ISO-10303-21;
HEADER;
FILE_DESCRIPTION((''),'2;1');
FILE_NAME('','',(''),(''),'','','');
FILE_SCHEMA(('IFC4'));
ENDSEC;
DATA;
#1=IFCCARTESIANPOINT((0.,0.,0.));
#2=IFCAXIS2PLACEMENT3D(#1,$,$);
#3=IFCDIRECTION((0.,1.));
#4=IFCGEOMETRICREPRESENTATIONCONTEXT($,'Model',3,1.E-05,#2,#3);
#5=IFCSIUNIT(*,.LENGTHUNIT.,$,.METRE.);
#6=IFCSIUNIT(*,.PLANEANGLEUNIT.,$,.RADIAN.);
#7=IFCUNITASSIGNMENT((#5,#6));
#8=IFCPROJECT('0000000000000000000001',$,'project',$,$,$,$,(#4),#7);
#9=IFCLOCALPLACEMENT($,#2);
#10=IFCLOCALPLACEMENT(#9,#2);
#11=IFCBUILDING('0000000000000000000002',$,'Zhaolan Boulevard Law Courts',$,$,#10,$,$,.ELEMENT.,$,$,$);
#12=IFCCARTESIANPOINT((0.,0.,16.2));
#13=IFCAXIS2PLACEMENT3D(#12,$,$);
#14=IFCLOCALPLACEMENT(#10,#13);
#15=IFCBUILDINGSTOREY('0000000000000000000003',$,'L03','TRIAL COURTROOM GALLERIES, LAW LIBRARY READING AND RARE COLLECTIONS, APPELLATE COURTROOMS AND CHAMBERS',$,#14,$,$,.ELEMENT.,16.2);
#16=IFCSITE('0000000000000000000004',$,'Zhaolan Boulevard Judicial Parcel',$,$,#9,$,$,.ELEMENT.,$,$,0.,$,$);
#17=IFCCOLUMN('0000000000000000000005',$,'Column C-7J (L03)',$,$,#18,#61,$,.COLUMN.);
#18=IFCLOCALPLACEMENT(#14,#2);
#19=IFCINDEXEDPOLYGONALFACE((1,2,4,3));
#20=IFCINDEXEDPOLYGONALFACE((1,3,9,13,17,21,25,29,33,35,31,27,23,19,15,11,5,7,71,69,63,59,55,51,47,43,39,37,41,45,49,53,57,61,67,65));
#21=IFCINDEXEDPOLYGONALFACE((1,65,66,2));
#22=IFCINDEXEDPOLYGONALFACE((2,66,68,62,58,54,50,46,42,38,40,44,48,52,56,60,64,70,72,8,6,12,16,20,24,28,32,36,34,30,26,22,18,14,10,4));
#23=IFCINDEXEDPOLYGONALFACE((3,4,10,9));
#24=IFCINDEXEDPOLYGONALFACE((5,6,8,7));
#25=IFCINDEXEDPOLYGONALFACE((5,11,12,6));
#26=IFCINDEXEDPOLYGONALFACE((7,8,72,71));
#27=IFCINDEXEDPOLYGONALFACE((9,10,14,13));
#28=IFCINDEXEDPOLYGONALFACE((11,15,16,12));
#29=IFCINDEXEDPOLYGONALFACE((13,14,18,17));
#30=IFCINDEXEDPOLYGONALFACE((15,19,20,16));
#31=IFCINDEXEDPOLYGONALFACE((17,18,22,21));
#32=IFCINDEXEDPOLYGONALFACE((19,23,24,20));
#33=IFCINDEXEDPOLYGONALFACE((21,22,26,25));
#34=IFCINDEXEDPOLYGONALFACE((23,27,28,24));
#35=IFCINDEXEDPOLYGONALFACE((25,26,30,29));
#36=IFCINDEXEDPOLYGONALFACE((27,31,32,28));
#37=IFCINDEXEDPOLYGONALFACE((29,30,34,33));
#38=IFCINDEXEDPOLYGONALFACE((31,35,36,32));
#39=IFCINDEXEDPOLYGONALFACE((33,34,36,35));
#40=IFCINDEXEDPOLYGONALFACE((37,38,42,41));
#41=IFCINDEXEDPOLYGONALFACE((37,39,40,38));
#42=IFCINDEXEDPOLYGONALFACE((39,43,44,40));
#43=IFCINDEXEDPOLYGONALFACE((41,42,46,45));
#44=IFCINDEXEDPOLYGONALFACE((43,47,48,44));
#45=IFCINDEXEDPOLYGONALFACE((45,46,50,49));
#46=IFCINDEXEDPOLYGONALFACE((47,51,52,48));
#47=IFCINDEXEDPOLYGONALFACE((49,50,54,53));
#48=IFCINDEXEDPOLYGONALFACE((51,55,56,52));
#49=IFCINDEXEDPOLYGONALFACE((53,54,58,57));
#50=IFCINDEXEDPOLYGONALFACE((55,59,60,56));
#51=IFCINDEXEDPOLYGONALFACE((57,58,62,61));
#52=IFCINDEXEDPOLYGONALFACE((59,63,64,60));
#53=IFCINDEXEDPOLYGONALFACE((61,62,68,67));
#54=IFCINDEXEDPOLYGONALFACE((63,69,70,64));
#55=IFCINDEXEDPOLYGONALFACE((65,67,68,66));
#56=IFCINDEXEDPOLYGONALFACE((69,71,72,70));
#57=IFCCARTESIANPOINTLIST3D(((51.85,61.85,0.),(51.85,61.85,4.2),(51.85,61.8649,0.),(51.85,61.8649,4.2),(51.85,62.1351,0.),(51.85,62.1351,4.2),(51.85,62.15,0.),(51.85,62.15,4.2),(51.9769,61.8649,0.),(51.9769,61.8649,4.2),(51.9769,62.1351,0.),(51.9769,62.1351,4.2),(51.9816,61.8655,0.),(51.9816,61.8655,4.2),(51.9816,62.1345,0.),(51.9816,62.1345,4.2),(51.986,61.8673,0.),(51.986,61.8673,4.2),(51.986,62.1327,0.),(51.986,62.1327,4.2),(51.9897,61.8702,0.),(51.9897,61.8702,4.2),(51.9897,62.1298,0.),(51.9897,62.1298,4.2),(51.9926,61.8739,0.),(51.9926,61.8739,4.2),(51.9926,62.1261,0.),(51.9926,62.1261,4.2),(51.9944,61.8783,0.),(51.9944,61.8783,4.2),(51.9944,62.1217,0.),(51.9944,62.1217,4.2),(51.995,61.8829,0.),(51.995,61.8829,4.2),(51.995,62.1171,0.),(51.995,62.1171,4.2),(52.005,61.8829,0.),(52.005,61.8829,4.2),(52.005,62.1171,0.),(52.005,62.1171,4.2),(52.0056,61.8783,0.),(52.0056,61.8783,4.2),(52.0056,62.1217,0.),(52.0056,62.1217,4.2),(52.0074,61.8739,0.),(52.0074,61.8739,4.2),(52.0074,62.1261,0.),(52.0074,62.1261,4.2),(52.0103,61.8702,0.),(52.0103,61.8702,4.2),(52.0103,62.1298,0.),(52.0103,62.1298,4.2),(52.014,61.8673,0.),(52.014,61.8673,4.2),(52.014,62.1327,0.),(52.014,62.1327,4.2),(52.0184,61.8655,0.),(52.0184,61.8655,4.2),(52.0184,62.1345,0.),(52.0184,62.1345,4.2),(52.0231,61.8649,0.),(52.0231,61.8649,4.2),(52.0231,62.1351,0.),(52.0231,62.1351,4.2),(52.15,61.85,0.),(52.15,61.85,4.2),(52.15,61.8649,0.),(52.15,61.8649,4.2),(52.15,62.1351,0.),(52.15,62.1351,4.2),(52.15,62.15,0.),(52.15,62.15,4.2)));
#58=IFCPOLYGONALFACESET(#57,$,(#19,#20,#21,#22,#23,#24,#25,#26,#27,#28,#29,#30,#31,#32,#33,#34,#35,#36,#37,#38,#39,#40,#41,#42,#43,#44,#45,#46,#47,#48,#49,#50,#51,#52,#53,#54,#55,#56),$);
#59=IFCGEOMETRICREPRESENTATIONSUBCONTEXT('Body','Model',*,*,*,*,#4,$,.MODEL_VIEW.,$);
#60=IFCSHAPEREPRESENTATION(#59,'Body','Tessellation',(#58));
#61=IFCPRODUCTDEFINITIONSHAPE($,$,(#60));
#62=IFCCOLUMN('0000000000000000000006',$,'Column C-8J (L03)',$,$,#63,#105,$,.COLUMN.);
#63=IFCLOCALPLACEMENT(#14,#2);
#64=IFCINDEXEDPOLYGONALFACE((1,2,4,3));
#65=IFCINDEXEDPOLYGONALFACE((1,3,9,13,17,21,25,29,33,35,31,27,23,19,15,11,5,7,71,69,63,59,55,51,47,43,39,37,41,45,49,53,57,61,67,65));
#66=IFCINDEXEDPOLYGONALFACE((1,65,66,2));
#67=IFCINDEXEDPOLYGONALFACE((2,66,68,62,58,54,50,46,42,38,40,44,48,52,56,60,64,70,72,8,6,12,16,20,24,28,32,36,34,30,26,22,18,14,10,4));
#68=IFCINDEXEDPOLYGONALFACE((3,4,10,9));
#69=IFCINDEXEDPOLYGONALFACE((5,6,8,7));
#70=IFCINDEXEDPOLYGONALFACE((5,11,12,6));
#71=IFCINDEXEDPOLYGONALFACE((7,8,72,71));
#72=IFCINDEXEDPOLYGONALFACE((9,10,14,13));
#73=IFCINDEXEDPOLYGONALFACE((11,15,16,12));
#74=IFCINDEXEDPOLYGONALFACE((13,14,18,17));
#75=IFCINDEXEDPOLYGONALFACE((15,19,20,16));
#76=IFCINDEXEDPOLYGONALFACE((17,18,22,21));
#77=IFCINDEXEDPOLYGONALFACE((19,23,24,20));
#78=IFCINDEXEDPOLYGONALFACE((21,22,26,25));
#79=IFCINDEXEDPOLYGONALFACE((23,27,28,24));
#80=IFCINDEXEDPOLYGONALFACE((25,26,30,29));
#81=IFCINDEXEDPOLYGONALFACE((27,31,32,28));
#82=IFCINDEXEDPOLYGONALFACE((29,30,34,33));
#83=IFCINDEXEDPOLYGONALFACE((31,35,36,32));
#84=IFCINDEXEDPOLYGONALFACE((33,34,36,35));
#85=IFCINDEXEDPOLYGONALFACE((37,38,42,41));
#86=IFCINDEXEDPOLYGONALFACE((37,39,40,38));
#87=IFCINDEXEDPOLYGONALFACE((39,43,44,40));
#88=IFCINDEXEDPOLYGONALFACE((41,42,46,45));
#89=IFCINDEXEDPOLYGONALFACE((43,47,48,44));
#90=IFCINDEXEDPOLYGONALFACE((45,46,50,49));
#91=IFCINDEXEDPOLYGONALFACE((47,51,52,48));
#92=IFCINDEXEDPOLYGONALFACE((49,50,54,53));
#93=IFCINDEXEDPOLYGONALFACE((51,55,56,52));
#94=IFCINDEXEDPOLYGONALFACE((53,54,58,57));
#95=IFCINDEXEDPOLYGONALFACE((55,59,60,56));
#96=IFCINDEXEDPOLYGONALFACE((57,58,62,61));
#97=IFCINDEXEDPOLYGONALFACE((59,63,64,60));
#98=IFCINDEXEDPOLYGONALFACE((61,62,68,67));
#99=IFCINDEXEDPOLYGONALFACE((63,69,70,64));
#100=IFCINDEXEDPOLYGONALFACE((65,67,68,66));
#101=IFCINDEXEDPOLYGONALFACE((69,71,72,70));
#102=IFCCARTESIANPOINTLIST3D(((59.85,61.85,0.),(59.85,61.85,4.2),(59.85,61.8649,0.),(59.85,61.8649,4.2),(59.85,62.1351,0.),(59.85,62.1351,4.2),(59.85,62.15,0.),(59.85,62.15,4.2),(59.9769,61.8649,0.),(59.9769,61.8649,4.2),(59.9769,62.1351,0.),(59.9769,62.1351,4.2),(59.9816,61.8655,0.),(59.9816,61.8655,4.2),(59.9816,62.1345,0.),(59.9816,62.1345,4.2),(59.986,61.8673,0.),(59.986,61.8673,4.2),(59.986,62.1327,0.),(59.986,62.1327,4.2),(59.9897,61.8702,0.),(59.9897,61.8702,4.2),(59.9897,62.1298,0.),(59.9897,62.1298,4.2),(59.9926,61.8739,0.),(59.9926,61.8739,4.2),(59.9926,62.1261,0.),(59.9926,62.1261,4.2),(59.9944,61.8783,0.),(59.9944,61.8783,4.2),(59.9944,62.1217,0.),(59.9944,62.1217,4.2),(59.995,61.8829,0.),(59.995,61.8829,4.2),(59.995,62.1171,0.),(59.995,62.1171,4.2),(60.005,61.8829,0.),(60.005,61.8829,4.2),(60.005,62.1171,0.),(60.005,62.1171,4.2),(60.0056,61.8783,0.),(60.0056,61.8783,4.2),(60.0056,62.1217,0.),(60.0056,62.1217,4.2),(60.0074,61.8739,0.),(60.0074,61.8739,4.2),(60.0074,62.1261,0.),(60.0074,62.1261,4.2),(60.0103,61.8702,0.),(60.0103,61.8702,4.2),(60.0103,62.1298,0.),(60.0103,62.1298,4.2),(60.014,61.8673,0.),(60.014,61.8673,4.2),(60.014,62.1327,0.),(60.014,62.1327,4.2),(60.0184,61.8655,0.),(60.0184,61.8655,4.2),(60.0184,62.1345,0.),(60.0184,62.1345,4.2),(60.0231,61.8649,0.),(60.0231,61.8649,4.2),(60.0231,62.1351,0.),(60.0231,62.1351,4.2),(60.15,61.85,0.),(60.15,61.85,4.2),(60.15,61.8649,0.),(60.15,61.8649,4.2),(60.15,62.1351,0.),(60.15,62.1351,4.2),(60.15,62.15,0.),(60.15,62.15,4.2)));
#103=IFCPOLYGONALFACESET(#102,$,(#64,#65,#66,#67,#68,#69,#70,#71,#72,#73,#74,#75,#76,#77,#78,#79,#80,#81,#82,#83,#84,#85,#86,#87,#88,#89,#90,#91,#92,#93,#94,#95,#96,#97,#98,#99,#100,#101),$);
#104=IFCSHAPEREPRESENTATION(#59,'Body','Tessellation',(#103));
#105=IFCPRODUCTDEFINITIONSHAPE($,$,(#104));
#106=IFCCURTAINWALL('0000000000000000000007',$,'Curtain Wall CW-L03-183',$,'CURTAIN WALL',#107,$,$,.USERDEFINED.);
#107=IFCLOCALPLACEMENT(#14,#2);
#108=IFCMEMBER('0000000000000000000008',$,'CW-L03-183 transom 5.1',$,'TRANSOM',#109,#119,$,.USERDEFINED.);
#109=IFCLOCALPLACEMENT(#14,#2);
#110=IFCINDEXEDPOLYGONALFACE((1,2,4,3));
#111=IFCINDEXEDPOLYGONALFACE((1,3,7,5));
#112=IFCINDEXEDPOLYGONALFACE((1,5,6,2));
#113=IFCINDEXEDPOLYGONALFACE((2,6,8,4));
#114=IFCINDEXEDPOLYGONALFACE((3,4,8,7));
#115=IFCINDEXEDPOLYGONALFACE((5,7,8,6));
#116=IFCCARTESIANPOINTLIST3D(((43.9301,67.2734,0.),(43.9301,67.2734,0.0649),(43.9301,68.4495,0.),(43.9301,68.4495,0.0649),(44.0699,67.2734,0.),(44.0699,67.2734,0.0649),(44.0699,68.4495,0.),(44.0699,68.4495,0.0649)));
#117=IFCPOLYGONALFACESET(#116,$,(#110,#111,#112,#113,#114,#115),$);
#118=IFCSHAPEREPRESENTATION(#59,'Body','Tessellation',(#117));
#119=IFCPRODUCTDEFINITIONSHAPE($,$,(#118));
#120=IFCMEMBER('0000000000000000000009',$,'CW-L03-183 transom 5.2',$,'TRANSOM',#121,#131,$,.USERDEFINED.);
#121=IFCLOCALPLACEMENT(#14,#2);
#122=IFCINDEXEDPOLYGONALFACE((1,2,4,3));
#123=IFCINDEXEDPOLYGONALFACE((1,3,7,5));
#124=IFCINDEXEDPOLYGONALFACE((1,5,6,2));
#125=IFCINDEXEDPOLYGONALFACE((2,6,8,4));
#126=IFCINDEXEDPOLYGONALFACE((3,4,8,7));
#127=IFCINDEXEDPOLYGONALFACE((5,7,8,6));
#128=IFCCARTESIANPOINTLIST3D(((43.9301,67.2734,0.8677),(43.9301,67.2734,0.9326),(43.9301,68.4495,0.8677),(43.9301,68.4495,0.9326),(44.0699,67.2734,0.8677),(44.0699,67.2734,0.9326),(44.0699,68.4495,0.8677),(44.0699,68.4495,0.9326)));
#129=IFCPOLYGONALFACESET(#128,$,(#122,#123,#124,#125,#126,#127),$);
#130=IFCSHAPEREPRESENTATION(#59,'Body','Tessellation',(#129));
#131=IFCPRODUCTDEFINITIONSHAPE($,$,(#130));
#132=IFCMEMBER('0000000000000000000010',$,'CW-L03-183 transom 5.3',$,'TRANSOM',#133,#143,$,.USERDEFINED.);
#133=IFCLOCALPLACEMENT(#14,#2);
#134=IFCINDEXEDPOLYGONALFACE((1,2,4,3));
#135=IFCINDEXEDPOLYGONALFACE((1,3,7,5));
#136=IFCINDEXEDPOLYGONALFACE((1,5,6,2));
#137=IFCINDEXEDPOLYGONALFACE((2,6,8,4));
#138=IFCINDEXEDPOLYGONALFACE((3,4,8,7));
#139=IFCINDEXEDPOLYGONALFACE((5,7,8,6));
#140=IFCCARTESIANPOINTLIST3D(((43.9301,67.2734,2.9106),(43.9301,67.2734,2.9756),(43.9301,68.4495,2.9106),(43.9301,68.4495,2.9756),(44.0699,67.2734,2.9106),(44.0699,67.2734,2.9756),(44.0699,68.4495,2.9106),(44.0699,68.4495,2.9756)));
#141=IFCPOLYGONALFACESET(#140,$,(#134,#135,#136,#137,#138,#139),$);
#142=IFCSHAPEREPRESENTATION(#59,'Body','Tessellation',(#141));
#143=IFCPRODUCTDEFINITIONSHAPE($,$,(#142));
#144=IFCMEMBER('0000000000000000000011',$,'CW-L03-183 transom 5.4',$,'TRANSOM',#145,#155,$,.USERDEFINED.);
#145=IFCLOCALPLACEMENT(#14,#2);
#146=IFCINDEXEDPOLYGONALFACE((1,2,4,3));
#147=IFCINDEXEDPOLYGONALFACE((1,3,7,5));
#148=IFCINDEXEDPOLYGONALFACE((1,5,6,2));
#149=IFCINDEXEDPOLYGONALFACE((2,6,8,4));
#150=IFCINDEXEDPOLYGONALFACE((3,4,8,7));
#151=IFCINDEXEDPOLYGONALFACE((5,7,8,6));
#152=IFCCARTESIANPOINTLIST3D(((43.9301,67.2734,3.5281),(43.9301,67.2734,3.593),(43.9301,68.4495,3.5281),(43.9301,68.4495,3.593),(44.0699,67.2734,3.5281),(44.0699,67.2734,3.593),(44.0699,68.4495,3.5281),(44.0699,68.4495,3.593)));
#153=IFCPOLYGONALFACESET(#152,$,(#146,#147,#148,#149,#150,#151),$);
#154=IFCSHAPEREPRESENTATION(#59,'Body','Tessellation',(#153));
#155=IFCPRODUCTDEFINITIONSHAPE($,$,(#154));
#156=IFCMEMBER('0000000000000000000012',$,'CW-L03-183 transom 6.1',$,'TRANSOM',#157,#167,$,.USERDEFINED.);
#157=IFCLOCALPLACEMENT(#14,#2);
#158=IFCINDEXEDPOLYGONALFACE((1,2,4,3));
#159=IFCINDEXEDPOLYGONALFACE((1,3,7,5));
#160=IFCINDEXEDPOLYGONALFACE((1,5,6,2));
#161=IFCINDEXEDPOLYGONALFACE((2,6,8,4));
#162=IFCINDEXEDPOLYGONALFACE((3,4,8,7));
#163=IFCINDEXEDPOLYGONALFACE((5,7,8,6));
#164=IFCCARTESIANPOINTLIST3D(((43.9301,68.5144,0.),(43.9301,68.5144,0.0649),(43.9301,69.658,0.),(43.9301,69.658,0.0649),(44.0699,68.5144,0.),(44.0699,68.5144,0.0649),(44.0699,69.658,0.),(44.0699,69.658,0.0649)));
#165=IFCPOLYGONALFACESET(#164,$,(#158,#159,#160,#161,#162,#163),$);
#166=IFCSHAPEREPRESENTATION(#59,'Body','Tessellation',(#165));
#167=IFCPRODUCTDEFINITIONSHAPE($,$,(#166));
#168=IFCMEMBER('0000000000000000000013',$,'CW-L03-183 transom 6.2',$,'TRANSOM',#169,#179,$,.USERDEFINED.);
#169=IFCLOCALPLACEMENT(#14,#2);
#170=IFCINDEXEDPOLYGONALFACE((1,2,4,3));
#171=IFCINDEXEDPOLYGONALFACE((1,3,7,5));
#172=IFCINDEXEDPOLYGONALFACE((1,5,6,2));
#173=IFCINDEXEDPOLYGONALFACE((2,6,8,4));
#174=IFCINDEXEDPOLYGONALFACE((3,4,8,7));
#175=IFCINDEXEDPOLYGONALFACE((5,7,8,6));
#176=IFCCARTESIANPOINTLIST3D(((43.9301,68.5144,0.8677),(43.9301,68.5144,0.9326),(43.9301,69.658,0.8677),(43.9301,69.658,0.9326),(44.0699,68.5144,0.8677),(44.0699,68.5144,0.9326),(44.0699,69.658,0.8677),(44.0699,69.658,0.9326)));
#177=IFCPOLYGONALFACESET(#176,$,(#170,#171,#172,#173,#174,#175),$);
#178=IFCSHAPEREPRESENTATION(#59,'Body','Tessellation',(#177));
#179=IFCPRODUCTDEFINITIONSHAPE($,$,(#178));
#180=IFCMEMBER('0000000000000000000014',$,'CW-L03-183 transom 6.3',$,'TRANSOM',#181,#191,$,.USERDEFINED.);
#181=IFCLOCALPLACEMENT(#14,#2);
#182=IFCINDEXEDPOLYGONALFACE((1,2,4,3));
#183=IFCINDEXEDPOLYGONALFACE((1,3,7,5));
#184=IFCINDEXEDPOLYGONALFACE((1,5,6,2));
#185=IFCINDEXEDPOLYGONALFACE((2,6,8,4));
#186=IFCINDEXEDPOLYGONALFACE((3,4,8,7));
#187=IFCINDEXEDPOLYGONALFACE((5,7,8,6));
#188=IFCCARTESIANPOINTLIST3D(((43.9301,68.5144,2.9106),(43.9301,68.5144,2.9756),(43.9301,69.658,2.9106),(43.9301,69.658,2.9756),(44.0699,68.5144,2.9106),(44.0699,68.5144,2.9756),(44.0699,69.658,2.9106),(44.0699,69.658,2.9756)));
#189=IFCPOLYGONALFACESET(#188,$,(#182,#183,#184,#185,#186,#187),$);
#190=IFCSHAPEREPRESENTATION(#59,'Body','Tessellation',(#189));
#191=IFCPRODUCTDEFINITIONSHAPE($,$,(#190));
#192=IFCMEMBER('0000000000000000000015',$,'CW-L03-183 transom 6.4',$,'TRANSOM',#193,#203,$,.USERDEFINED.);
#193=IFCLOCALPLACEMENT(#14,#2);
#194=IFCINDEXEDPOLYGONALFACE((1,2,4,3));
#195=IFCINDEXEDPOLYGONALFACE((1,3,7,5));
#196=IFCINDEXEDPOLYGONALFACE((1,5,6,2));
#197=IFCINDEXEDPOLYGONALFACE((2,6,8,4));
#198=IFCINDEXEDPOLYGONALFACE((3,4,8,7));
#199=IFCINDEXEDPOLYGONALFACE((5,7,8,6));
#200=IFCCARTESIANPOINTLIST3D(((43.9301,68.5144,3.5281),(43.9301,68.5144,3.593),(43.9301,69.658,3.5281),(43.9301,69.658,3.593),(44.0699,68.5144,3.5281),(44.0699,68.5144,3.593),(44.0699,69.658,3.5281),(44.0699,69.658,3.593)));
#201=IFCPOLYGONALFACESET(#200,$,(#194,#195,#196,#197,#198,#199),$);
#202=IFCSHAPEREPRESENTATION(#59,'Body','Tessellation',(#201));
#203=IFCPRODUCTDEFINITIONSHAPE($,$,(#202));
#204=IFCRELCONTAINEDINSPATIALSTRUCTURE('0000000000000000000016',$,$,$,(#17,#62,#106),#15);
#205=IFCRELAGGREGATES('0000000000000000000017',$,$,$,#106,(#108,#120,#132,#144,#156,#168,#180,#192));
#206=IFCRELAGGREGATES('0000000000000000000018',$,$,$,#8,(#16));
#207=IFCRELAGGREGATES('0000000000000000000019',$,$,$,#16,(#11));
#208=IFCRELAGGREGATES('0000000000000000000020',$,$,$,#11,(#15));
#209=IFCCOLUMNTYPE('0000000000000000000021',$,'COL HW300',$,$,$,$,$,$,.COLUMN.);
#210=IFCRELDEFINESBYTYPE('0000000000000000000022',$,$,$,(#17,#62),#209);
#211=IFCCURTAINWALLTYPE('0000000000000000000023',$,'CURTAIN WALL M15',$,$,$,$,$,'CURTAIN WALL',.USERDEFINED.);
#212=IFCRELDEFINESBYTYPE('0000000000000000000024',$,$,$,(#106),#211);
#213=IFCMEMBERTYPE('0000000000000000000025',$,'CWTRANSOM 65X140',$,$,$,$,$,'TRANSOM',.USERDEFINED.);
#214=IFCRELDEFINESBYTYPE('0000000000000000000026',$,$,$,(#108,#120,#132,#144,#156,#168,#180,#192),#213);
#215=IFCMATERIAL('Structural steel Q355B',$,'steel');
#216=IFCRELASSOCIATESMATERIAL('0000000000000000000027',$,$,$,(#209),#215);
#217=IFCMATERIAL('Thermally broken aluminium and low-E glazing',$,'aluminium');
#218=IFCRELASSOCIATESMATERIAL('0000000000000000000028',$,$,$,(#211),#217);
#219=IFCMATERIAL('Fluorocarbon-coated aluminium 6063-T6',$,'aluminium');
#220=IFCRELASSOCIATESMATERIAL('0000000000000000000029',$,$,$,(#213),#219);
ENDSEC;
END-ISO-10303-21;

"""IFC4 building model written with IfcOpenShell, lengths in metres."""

from ifc_helpers import new_model, si_unit, direction, frame, origin, origin_2d, place, context, subcontext, project, spatial, rectangle, i_section, extrude, material, material_profile, profile_set, type_object, element, aggregate, save


model = new_model("IFC4")

# Units and contexts
model_context = context("Model", 3, precision=1e-05, world=origin(), true_north=direction((0.0, 1.0)))
body_context = subcontext(model_context, "Body", "Model", "MODEL_VIEW")
ifc_project = project(units=[si_unit("LENGTHUNIT", "METRE"), si_unit("PLANEANGLEUNIT", "RADIAN")], contexts=[model_context])

# Site, building, storey
site_placement = place(None, origin())
site = spatial("IfcSite", under=ifc_project, at=site_placement, Name="Zhaolan Boulevard Judicial Parcel", CompositionType="ELEMENT", RefElevation=0.0)
building_placement = place(site_placement, origin())
building = spatial("IfcBuilding", under=site, at=building_placement, Name="Zhaolan Boulevard Law Courts", CompositionType="ELEMENT")
storey_placement = place(building_placement, frame((0.0, 0.0, 16.2)))
storey = spatial("IfcBuildingStorey", under=building, at=storey_placement, Name="L03", Description="TRIAL COURTROOM GALLERIES, LAW LIBRARY READING AND RARE COLLECTIONS, APPELLATE COURTROOMS AND CHAMBERS", CompositionType="ELEMENT", Elevation=16.2)

# Columns
ifc_material_1 = material(Name="Structural steel Q355B", Category="steel")
ifc_material_profile_1 = material_profile(ifc_material_1, i_section(OverallWidth=0.3, OverallDepth=0.3, WebThickness=0.01, FlangeThickness=0.0149, FilletRadius=0.0181, at=origin_2d()), Name="HW300x300")
ifc_profile_set_1 = profile_set([ifc_material_profile_1], Name="Structural steel Q355B")
column_type = type_object("IfcColumnType", Name="COL HW300", PredefinedType="COLUMN", material=ifc_profile_set_1)
for number, where, z_axis, x_axis, name in (
    (1, (52.0, 62.0, 0.0), (0.0, 0.0, 1.0), (1.0, 0.0, 0.0), "Column C-7J (L03)"),
    (2, (60.0, 62.0, 0.0), (0.0, 0.0, 1.0), (1.0, 0.0, 0.0), "Column C-8J (L03)"),
):
    element("IfcColumn", number, at=place(storey_placement, frame(where, z_axis=z_axis, x_axis=x_axis)), inside=storey, type_object=column_type, Name=name, PredefinedType="COLUMN", context=body_context, shape_type="SweptSolid", body=[
        extrude(i_section(OverallWidth=0.3, OverallDepth=0.3, WebThickness=0.01, FlangeThickness=0.0149, FilletRadius=0.0181, at=origin_2d()), origin(), (0.0, 0.0, 1.0), 4.2),
    ])

# Curtain wall, members
ifc_material_2 = material(Name="Thermally broken aluminium and low-E glazing", Category="aluminium")
curtain_wall_type = type_object("IfcCurtainWallType", Name="CURTAIN WALL M15", ElementType="CURTAIN WALL", PredefinedType="USERDEFINED", material=ifc_material_2)
curtain_wall_placement = place(storey_placement, origin())
curtain_wall = element("IfcCurtainWall", 3, at=curtain_wall_placement, inside=storey, type_object=curtain_wall_type, Name="Curtain Wall CW-L03-183", ObjectType="CURTAIN WALL", PredefinedType="USERDEFINED")
ifc_material_3 = material(Name="Fluorocarbon-coated aluminium 6063-T6", Category="aluminium")
ifc_material_profile_2 = material_profile(ifc_material_3, rectangle(XDim=0.1399, YDim=0.0649, at=origin_2d()), Name="AL65x140")
ifc_profile_set_2 = profile_set([ifc_material_profile_2], Name="Fluorocarbon-coated aluminium 6063-T6")
member_type = type_object("IfcMemberType", Name="CWTRANSOM 65X140", ElementType="TRANSOM", PredefinedType="USERDEFINED", material=ifc_profile_set_2)
member_1_placement = place(storey_placement, frame((44.0, 67.2734, 0.0325), z_axis=(0.0, 1.0, 0.0), x_axis=(-1.0, 0.0, 0.0)))
member_1 = element("IfcMember", 4, at=member_1_placement, type_object=member_type, Name="CW-L03-183 transom 5.1", ObjectType="TRANSOM", PredefinedType="USERDEFINED", context=body_context, shape_type="SweptSolid", body=[
    extrude(rectangle(XDim=0.1399, YDim=0.0649, at=origin_2d()), origin(), (0.0, 0.0, 1.0), 1.176),
])
member_2_placement = place(storey_placement, frame((44.0, 67.2734, 0.9001), z_axis=(0.0, 1.0, 0.0), x_axis=(-1.0, 0.0, 0.0)))
member_2 = element("IfcMember", 5, at=member_2_placement, type_object=member_type, Name="CW-L03-183 transom 5.2", ObjectType="TRANSOM", PredefinedType="USERDEFINED", context=body_context, shape_type="SweptSolid", body=[
    extrude(rectangle(XDim=0.1399, YDim=0.0649, at=origin_2d()), origin(), (0.0, 0.0, 1.0), 1.176),
])
member_3_placement = place(storey_placement, frame((44.0, 67.2734, 2.9431), z_axis=(0.0, 1.0, 0.0), x_axis=(-1.0, 0.0, 0.0)))
member_3 = element("IfcMember", 6, at=member_3_placement, type_object=member_type, Name="CW-L03-183 transom 5.3", ObjectType="TRANSOM", PredefinedType="USERDEFINED", context=body_context, shape_type="SweptSolid", body=[
    extrude(rectangle(XDim=0.1399, YDim=0.0649, at=origin_2d()), origin(), (0.0, 0.0, 1.0), 1.176),
])
member_4_placement = place(storey_placement, frame((44.0, 67.2734, 3.5605), z_axis=(0.0, 1.0, 0.0), x_axis=(-1.0, 0.0, 0.0)))
member_4 = element("IfcMember", 7, at=member_4_placement, type_object=member_type, Name="CW-L03-183 transom 5.4", ObjectType="TRANSOM", PredefinedType="USERDEFINED", context=body_context, shape_type="SweptSolid", body=[
    extrude(rectangle(XDim=0.1399, YDim=0.0649, at=origin_2d()), origin(), (0.0, 0.0, 1.0), 1.176),
])
member_5_placement = place(storey_placement, frame((44.0, 68.5144, 0.0325), z_axis=(0.0, 1.0, 0.0), x_axis=(-1.0, 0.0, 0.0)))
member_5 = element("IfcMember", 8, at=member_5_placement, type_object=member_type, Name="CW-L03-183 transom 6.1", ObjectType="TRANSOM", PredefinedType="USERDEFINED", context=body_context, shape_type="SweptSolid", body=[
    extrude(rectangle(XDim=0.1399, YDim=0.0649, at=origin_2d()), origin(), (0.0, 0.0, 1.0), 1.1436),
])
member_6_placement = place(storey_placement, frame((44.0, 68.5144, 0.9001), z_axis=(0.0, 1.0, 0.0), x_axis=(-1.0, 0.0, 0.0)))
member_6 = element("IfcMember", 9, at=member_6_placement, type_object=member_type, Name="CW-L03-183 transom 6.2", ObjectType="TRANSOM", PredefinedType="USERDEFINED", context=body_context, shape_type="SweptSolid", body=[
    extrude(rectangle(XDim=0.1399, YDim=0.0649, at=origin_2d()), origin(), (0.0, 0.0, 1.0), 1.1436),
])
member_7_placement = place(storey_placement, frame((44.0, 68.5144, 2.9431), z_axis=(0.0, 1.0, 0.0), x_axis=(-1.0, 0.0, 0.0)))
member_7 = element("IfcMember", 10, at=member_7_placement, type_object=member_type, Name="CW-L03-183 transom 6.3", ObjectType="TRANSOM", PredefinedType="USERDEFINED", context=body_context, shape_type="SweptSolid", body=[
    extrude(rectangle(XDim=0.1399, YDim=0.0649, at=origin_2d()), origin(), (0.0, 0.0, 1.0), 1.1436),
])
member_8_placement = place(storey_placement, frame((44.0, 68.5144, 3.5605), z_axis=(0.0, 1.0, 0.0), x_axis=(-1.0, 0.0, 0.0)))
member_8 = element("IfcMember", 11, at=member_8_placement, type_object=member_type, Name="CW-L03-183 transom 6.4", ObjectType="TRANSOM", PredefinedType="USERDEFINED", context=body_context, shape_type="SweptSolid", body=[
    extrude(rectangle(XDim=0.1399, YDim=0.0649, at=origin_2d()), origin(), (0.0, 0.0, 1.0), 1.1436),
])

aggregate(curtain_wall, [member_1, member_2, member_3, member_4, member_5, member_6, member_7, member_8])

save(model, "model.ifc")
